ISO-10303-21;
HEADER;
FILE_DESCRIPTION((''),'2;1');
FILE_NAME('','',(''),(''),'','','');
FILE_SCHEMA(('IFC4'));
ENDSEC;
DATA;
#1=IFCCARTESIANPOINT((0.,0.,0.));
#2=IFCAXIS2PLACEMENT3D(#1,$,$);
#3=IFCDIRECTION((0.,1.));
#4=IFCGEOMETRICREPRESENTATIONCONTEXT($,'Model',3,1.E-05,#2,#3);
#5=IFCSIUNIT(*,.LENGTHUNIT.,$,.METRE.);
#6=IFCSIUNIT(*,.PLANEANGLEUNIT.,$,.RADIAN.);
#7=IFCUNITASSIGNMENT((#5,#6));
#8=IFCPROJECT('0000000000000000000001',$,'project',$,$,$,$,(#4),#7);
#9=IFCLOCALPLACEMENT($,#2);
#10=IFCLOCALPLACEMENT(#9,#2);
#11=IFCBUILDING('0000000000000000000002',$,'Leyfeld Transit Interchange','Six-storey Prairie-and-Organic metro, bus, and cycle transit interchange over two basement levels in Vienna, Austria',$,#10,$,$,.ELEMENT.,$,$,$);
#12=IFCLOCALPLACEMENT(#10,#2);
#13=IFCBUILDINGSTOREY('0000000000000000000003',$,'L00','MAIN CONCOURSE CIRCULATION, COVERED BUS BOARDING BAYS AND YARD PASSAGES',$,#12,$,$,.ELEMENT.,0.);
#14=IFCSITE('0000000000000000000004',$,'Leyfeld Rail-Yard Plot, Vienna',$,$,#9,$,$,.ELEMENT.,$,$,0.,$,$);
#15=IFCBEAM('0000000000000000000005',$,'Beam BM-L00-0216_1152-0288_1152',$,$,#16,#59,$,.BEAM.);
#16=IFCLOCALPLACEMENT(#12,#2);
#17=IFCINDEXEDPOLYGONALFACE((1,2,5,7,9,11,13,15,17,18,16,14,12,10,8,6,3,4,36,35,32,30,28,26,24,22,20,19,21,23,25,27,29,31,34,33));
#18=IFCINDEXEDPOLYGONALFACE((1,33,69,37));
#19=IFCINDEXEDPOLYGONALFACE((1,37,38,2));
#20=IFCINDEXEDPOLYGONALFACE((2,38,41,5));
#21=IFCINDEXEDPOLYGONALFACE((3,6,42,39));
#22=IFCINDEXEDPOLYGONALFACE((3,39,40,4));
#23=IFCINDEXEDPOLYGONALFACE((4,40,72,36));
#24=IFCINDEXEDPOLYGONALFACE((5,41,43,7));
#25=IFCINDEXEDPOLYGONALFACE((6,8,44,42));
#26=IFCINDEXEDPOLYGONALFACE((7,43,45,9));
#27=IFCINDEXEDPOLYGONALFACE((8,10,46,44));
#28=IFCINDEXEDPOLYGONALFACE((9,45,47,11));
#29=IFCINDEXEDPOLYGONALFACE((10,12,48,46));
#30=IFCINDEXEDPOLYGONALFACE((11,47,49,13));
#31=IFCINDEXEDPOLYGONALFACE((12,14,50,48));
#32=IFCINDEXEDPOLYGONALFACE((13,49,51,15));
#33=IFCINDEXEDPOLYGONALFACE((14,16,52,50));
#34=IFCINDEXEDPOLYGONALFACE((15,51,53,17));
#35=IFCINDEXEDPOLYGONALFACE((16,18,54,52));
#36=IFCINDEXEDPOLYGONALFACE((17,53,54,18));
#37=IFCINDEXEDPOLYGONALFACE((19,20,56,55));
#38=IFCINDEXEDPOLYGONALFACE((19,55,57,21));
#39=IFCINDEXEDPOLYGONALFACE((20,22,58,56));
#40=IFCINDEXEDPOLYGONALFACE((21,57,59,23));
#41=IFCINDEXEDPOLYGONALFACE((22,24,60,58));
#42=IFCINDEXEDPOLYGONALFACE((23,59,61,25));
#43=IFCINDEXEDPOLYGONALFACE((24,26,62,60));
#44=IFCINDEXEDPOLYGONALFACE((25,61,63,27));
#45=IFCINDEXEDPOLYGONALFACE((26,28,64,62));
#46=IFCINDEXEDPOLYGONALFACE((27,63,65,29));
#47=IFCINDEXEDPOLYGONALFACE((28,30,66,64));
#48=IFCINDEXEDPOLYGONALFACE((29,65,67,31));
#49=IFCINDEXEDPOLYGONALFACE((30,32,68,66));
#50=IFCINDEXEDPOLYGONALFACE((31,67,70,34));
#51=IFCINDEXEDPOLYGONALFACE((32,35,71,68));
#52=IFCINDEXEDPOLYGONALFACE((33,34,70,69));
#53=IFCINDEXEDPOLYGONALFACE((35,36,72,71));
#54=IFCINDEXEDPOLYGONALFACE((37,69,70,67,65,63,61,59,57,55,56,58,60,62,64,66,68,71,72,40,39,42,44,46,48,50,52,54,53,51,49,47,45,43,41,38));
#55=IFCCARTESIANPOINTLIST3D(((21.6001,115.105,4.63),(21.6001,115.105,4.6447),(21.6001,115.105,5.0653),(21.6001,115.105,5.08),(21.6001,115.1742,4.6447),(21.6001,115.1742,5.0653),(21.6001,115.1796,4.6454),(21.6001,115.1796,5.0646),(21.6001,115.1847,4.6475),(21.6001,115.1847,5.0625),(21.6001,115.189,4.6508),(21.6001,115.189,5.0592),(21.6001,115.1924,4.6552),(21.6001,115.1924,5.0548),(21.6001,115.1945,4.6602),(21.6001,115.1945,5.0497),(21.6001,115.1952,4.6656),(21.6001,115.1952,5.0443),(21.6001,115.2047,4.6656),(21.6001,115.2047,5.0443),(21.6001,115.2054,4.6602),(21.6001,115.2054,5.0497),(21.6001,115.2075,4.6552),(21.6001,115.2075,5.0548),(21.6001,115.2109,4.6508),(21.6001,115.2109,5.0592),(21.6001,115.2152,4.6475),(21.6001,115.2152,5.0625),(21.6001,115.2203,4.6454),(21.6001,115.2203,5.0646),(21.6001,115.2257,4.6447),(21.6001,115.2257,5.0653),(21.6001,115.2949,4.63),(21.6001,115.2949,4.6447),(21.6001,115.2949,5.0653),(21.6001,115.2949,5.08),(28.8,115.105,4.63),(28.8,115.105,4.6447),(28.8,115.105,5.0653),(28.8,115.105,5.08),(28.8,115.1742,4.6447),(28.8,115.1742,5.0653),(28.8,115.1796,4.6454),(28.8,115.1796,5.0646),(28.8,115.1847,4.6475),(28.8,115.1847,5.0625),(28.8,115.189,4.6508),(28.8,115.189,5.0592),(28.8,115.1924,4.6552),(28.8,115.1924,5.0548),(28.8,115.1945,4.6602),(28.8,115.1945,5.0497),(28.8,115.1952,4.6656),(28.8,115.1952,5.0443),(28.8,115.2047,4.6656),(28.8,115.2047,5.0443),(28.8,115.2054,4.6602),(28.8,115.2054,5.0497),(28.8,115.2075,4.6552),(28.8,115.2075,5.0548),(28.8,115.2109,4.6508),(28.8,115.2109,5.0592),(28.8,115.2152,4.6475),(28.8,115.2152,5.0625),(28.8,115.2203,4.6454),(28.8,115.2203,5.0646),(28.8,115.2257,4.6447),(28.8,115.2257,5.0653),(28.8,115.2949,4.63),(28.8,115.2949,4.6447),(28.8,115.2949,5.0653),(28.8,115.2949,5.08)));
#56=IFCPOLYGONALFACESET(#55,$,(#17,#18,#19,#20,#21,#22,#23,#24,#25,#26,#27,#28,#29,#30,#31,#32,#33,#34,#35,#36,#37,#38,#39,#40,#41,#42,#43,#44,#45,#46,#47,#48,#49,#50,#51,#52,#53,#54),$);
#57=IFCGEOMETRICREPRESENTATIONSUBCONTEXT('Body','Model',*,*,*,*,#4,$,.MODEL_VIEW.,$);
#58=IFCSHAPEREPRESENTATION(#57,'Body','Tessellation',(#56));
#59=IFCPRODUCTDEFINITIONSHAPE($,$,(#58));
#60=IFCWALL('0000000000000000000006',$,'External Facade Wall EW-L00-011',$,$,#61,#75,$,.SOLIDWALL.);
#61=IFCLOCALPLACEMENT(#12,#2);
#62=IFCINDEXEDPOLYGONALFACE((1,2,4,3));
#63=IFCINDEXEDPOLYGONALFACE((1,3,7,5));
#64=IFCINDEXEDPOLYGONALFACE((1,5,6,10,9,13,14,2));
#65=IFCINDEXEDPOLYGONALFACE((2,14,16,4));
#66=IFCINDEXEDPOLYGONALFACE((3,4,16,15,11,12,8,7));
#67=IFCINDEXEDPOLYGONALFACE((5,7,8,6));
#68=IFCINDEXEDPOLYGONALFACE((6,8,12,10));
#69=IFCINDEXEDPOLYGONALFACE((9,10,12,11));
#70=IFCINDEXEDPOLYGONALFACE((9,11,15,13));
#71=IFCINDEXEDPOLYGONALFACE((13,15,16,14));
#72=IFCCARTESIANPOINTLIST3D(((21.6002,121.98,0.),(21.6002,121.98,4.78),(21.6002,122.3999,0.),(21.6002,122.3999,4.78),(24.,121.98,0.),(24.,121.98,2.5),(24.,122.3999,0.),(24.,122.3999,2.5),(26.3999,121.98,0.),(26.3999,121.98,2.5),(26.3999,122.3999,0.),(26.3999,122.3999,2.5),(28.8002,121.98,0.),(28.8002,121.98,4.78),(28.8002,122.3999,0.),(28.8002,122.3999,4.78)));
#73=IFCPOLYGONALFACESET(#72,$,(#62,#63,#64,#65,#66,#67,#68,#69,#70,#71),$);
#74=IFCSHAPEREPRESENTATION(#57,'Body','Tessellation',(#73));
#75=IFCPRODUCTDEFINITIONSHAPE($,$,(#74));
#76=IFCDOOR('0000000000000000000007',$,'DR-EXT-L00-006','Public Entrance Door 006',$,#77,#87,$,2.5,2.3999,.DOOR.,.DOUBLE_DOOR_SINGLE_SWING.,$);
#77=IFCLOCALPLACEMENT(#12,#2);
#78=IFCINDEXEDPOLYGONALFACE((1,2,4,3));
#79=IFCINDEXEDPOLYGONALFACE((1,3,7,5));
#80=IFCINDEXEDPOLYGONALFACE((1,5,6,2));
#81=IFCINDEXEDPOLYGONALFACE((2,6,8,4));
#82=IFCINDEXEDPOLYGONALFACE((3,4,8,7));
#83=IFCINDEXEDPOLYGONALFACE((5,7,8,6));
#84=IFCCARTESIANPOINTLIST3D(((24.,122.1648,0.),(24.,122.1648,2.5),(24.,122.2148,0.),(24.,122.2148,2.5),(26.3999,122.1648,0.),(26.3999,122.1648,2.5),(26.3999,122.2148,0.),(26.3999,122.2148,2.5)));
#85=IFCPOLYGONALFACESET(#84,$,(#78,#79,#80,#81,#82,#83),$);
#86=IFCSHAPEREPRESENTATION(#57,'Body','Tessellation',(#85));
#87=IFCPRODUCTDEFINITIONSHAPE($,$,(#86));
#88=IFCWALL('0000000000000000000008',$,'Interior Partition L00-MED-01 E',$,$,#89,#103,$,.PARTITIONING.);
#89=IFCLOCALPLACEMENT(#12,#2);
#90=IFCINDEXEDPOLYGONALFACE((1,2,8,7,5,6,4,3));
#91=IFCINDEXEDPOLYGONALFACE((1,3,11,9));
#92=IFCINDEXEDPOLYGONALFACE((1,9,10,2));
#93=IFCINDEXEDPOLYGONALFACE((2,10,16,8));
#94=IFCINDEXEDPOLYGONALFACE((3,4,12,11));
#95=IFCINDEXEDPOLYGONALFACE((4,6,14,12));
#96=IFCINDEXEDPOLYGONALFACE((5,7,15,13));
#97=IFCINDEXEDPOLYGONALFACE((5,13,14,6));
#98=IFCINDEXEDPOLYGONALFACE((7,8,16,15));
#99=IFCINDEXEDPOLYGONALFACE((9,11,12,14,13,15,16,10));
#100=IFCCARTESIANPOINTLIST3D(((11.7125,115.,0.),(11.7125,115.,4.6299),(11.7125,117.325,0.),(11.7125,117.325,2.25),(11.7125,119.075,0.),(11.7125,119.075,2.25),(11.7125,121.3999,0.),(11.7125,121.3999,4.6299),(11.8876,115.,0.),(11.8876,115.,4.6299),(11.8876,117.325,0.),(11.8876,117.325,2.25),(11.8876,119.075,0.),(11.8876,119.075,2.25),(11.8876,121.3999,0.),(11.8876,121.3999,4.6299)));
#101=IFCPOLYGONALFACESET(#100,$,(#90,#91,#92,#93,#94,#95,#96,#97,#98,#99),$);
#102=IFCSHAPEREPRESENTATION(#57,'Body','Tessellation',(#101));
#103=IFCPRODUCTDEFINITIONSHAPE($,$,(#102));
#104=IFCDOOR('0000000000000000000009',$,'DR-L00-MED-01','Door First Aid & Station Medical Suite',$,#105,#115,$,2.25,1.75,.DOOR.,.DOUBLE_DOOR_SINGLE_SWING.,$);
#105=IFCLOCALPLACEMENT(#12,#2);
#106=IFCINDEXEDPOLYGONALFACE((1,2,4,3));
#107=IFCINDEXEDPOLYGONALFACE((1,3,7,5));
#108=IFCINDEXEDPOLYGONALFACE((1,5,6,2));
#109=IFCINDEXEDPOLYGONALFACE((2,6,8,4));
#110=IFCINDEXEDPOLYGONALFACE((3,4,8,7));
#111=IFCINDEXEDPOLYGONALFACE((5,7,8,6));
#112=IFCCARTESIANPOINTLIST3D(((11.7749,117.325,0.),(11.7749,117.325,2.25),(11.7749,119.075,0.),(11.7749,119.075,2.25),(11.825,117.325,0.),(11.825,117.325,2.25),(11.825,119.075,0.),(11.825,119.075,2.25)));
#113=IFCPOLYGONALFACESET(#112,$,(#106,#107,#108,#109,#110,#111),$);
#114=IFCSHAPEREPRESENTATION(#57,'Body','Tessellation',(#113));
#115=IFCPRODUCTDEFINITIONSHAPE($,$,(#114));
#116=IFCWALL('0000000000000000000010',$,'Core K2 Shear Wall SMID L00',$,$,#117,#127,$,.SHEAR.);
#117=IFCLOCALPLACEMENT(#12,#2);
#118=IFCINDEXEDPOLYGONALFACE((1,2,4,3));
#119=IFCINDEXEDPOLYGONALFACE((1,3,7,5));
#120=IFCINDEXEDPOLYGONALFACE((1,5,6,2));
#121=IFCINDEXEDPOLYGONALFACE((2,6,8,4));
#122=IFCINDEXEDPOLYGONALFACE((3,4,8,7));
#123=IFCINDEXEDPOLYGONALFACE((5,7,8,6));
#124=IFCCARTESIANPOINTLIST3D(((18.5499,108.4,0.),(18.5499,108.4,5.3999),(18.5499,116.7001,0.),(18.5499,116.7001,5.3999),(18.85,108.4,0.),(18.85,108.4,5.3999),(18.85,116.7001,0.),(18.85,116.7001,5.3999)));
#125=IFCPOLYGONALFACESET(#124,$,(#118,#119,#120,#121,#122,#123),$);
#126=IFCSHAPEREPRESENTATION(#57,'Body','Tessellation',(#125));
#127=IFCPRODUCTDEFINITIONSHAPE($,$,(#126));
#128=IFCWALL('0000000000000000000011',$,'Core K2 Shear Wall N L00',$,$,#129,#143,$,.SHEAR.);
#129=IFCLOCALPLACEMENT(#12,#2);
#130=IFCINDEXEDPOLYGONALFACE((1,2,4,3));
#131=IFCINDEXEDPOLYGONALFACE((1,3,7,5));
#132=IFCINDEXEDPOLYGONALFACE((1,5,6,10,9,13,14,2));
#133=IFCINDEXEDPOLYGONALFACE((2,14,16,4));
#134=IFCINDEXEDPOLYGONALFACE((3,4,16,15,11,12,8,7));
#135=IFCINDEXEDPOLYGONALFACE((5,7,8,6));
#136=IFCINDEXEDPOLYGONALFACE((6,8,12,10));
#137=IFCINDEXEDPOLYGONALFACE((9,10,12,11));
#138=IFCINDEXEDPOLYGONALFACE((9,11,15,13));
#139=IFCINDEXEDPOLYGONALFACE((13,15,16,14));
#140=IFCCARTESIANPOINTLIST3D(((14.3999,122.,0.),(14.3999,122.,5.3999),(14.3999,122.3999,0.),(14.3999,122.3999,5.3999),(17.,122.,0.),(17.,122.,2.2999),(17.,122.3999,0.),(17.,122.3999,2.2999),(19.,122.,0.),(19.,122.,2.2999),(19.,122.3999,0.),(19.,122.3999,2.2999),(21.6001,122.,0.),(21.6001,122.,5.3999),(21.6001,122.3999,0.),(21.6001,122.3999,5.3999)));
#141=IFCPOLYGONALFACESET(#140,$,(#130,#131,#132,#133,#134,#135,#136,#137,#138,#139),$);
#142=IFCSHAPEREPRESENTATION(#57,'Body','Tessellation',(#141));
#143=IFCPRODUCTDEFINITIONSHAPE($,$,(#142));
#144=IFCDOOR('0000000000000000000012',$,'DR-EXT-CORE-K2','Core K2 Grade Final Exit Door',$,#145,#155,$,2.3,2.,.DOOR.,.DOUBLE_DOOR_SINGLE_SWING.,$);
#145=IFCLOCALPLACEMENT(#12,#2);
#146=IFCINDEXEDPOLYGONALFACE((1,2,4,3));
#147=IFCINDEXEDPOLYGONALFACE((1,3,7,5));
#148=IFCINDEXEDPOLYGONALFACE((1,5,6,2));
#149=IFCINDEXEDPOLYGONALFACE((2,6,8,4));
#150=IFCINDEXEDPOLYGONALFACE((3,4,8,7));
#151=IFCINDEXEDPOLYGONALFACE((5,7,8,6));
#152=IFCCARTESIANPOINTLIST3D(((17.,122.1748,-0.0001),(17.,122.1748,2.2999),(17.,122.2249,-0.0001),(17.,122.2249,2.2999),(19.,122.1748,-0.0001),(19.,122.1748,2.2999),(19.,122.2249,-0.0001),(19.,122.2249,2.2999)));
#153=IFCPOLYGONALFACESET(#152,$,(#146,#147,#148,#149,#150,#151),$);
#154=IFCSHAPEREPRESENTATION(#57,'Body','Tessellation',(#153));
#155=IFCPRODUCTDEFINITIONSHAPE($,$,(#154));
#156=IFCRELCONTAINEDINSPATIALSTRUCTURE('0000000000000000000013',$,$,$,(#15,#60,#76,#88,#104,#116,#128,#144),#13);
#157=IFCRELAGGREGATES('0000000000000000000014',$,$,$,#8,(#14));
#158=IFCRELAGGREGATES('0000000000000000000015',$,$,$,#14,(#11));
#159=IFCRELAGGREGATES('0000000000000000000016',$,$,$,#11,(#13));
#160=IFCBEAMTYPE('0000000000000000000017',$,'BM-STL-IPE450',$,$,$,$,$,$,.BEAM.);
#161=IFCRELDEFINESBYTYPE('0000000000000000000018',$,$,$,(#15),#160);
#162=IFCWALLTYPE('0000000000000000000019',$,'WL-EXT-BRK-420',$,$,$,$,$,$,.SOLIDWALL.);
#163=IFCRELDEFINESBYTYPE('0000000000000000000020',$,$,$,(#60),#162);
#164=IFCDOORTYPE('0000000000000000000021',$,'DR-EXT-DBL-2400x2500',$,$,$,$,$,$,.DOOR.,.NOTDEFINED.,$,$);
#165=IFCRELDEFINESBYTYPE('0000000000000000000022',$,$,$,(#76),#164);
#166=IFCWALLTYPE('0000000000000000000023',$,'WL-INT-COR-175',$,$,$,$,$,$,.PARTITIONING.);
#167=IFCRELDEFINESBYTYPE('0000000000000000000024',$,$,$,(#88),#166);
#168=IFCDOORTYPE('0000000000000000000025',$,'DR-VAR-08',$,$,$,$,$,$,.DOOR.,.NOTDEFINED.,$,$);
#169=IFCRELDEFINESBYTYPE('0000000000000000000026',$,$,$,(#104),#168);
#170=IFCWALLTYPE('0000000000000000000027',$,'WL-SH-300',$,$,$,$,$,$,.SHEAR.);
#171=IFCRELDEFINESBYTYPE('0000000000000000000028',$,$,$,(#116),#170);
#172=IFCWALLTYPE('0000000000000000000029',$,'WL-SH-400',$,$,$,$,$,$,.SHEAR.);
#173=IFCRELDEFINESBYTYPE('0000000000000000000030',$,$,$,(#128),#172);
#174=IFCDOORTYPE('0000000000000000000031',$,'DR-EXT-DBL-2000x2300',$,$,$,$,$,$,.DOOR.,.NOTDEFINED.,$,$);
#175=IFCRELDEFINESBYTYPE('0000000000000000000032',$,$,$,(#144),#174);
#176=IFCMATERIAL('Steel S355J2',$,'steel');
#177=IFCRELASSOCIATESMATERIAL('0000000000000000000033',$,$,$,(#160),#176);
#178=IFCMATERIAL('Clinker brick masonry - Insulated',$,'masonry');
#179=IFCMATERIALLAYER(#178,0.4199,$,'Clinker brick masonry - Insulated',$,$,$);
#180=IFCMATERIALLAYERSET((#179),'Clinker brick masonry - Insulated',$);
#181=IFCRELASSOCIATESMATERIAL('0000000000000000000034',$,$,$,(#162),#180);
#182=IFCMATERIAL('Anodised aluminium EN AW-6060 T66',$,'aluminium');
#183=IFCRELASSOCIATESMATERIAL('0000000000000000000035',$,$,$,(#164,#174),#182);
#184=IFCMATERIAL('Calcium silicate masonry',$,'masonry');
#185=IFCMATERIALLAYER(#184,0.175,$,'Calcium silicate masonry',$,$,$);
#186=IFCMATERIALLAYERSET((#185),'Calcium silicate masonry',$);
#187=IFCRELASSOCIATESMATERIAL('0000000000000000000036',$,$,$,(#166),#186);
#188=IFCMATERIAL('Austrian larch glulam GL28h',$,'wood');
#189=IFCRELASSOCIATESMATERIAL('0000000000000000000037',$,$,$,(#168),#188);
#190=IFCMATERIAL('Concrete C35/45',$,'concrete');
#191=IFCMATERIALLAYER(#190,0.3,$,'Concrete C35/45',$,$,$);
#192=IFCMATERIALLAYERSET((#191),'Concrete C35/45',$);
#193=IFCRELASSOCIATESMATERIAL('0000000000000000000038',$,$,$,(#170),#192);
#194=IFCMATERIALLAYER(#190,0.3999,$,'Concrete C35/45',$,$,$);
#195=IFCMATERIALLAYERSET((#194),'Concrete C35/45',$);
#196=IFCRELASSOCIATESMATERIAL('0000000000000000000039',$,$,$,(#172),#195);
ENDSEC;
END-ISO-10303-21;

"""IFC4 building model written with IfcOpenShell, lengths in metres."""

from ifc_helpers import new_model, si_unit, direction, frame, frame_2d, origin, origin_2d, place, context, subcontext, project, spatial, rectangle, i_section, extrude, material, layer, layer_set, material_profile, profile_set, type_object, element, fill, save


model = new_model("IFC4")

# Units and contexts
model_context = context("Model", 3, precision=1e-05, world=origin(), true_north=direction((0.0, 1.0)))
body_context = subcontext(model_context, "Body", "Model", "MODEL_VIEW")
ifc_project = project(units=[si_unit("LENGTHUNIT", "METRE"), si_unit("PLANEANGLEUNIT", "RADIAN")], contexts=[model_context])

# Site, building, storey
site_placement = place(None, origin())
site = spatial("IfcSite", under=ifc_project, at=site_placement, Name="Leyfeld Rail-Yard Plot, Vienna", CompositionType="ELEMENT", RefElevation=0.0)
building_placement = place(site_placement, origin())
building = spatial("IfcBuilding", under=site, at=building_placement, Name="Leyfeld Transit Interchange", Description="Six-storey Prairie-and-Organic metro, bus, and cycle transit interchange over two basement levels in Vienna, Austria", CompositionType="ELEMENT")
storey_placement = place(building_placement, origin())
storey = spatial("IfcBuildingStorey", under=building, at=storey_placement, Name="L00", Description="MAIN CONCOURSE CIRCULATION, COVERED BUS BOARDING BAYS AND YARD PASSAGES", CompositionType="ELEMENT", Elevation=0.0)

# Shared definitions
ifc_material_1 = material(Name="Concrete C35/45", Category="concrete")

# Beam
ifc_material_2 = material(Name="Steel S355J2", Category="steel")
ifc_material_profile_1 = material_profile(ifc_material_2, i_section(OverallWidth=0.1899, OverallDepth=0.45, WebThickness=0.0095, FlangeThickness=0.0146, FilletRadius=0.021, at=origin_2d()), Name="IPE 450")
ifc_profile_set_1 = profile_set([ifc_material_profile_1], Name="Steel S355J2")
beam_type_1 = type_object("IfcBeamType", Name="BM-STL-IPE450", PredefinedType="BEAM", material=ifc_profile_set_1)
beam_1_placement = place(storey_placement, frame((21.6001, 115.2, 4.855), z_axis=(1.0, 0.0, 0.0), x_axis=(0.0, 1.0, 0.0)))
element("IfcBeam", 1, at=beam_1_placement, inside=storey, type_object=beam_type_1, Name="Beam BM-L00-0216_1152-0288_1152", PredefinedType="BEAM", context=body_context, shape_type="SweptSolid", body=[
    extrude(i_section(OverallWidth=0.1899, OverallDepth=0.45, WebThickness=0.0095, FlangeThickness=0.0146, FilletRadius=0.021, at=origin_2d()), origin(), (0.0, 0.0, 1.0), 7.2),
])

# Walls, openings, doors
ifc_material_3 = material(Name="Clinker brick masonry - Insulated", Category="masonry")
ifc_layer_1 = layer(ifc_material_3, 0.4199, Name="Clinker brick masonry - Insulated")
ifc_layer_set_1 = layer_set([ifc_layer_1], Name="Clinker brick masonry - Insulated")
wall_type_1 = type_object("IfcWallType", Name="WL-EXT-BRK-420", PredefinedType="SOLIDWALL", material=ifc_layer_set_1)
wall_1_placement = place(storey_placement, frame((21.6001, 122.1899, 0.0), z_axis=(0.0, 0.0, 1.0), x_axis=(1.0, 0.0, 0.0)))
wall_1 = element("IfcWall", 2, at=wall_1_placement, inside=storey, type_object=wall_type_1, Name="External Facade Wall EW-L00-011", PredefinedType="SOLIDWALL", context=body_context, shape_type="SweptSolid", body=[
    extrude(rectangle(XDim=7.2, YDim=0.4199, at=frame_2d((3.6001, 0.0))), origin(), (0.0, 0.0, 1.0), 4.78),
])
opening_1_placement = place(wall_1_placement, frame((2.3999, 0.0, 0.0)))
opening_1 = element("IfcOpeningElement", 3, at=opening_1_placement, cuts=wall_1, PredefinedType="OPENING", context=body_context, shape_type="SweptSolid", body=[
    extrude(rectangle(XDim=2.3999, YDim=2.5, at=frame_2d((1.2, 1.25))), frame((0.0, 0.22, 0.0), z_axis=(0.0, -1.0, 0.0), x_axis=(1.0, 0.0, 0.0)), (0.0, 0.0, 1.0), 0.4399),
])
ifc_material_4 = material(Name="Anodised aluminium EN AW-6060 T66", Category="aluminium")
door_type_1 = type_object("IfcDoorType", Name="DR-EXT-DBL-2400x2500", OperationType="NOTDEFINED", PredefinedType="DOOR", material=ifc_material_4)
door_1_placement = place(opening_1_placement, origin())
door_1 = element("IfcDoor", 4, at=door_1_placement, inside=storey, type_object=door_type_1, Name="DR-EXT-L00-006", Description="Public Entrance Door 006", OperationType="DOUBLE_DOOR_SINGLE_SWING", OverallHeight=2.5, OverallWidth=2.3999, PredefinedType="DOOR", context=body_context, shape_type="SweptSolid", body=[
    extrude(rectangle(XDim=2.3999, YDim=2.5, at=frame_2d((1.2, 1.25))), frame((0.0, 0.0249, 0.0), z_axis=(0.0, -1.0, 0.0), x_axis=(1.0, 0.0, 0.0)), (0.0, 0.0, 1.0), 0.05),
])
fill(opening_1, door_1)
ifc_material_5 = material(Name="Calcium silicate masonry", Category="masonry")
ifc_layer_2 = layer(ifc_material_5, 0.175, Name="Calcium silicate masonry")
ifc_layer_set_2 = layer_set([ifc_layer_2], Name="Calcium silicate masonry")
wall_type_2 = type_object("IfcWallType", Name="WL-INT-COR-175", PredefinedType="PARTITIONING", material=ifc_layer_set_2)
wall_2_placement = place(storey_placement, frame((11.8, 121.3999, 0.0), z_axis=(0.0, 0.0, 1.0), x_axis=(0.0, -1.0, 0.0)))
wall_2 = element("IfcWall", 5, at=wall_2_placement, inside=storey, type_object=wall_type_2, Name="Interior Partition L00-MED-01 E", PredefinedType="PARTITIONING", context=body_context, shape_type="SweptSolid", body=[
    extrude(rectangle(XDim=6.3999, YDim=0.175, at=frame_2d((3.2, 0.0))), origin(), (0.0, 0.0, 1.0), 4.6299),
])
opening_2_placement = place(wall_2_placement, frame((2.325, 0.0, 0.0)))
opening_2 = element("IfcOpeningElement", 6, at=opening_2_placement, cuts=wall_2, PredefinedType="OPENING", context=body_context, shape_type="SweptSolid", body=[
    extrude(rectangle(XDim=1.75, YDim=2.25, at=frame_2d((0.875, 1.125))), frame((0.0, 0.0974, 0.0), z_axis=(0.0, -1.0, 0.0), x_axis=(1.0, 0.0, 0.0)), (0.0, 0.0, 1.0), 0.1951),
])
ifc_material_6 = material(Name="Austrian larch glulam GL28h", Category="wood")
door_type_2 = type_object("IfcDoorType", Name="DR-VAR-08", OperationType="NOTDEFINED", PredefinedType="DOOR", material=ifc_material_6)
door_2_placement = place(opening_2_placement, origin())
door_2 = element("IfcDoor", 7, at=door_2_placement, inside=storey, type_object=door_type_2, Name="DR-L00-MED-01", Description="Door First Aid & Station Medical Suite", OperationType="DOUBLE_DOOR_SINGLE_SWING", OverallHeight=2.25, OverallWidth=1.75, PredefinedType="DOOR", context=body_context, shape_type="SweptSolid", body=[
    extrude(rectangle(XDim=1.75, YDim=2.25, at=frame_2d((0.875, 1.125))), frame((0.0, 0.0249, 0.0), z_axis=(0.0, -1.0, 0.0), x_axis=(1.0, 0.0, 0.0)), (0.0, 0.0, 1.0), 0.05),
])
fill(opening_2, door_2)

# Wall
ifc_layer_3 = layer(ifc_material_1, 0.3, Name="Concrete C35/45")
ifc_layer_set_3 = layer_set([ifc_layer_3], Name="Concrete C35/45")
wall_type_3 = type_object("IfcWallType", Name="WL-SH-300", PredefinedType="SHEAR", material=ifc_layer_set_3)
wall_3_placement = place(storey_placement, frame((18.7, 116.7, 0.0), z_axis=(0.0, 0.0, 1.0), x_axis=(0.0, -1.0, 0.0)))
element("IfcWall", 8, at=wall_3_placement, inside=storey, type_object=wall_type_3, Name="Core K2 Shear Wall SMID L00", PredefinedType="SHEAR", context=body_context, shape_type="SweptSolid", body=[
    extrude(rectangle(XDim=8.3, YDim=0.3, at=frame_2d((4.1499, 0.0))), origin(), (0.0, 0.0, 1.0), 5.3999),
])

# Wall, opening, door
ifc_layer_4 = layer(ifc_material_1, 0.3999, Name="Concrete C35/45")
ifc_layer_set_4 = layer_set([ifc_layer_4], Name="Concrete C35/45")
wall_type_4 = type_object("IfcWallType", Name="WL-SH-400", PredefinedType="SHEAR", material=ifc_layer_set_4)
wall_4_placement = place(storey_placement, frame((14.3999, 122.2, 0.0), z_axis=(0.0, 0.0, 1.0), x_axis=(1.0, 0.0, 0.0)))
wall_4 = element("IfcWall", 9, at=wall_4_placement, inside=storey, type_object=wall_type_4, Name="Core K2 Shear Wall N L00", PredefinedType="SHEAR", context=body_context, shape_type="SweptSolid", body=[
    extrude(rectangle(XDim=7.2002, YDim=0.3999, at=frame_2d((3.6001, 0.0))), origin(), (0.0, 0.0, 1.0), 5.3999),
])
opening_3_placement = place(wall_4_placement, frame((2.6001, 0.0, 0.0)))
opening_3 = element("IfcOpeningElement", 10, at=opening_3_placement, cuts=wall_4, PredefinedType="OPENING", context=body_context, shape_type="SweptSolid", body=[
    extrude(rectangle(XDim=2.0, YDim=2.3, at=frame_2d((1.0, 1.1499))), frame((0.0, 0.21, 0.0), z_axis=(0.0, -1.0, 0.0), x_axis=(1.0, 0.0, 0.0)), (0.0, 0.0, 1.0), 0.4199),
])
door_type_3 = type_object("IfcDoorType", Name="DR-EXT-DBL-2000x2300", OperationType="NOTDEFINED", PredefinedType="DOOR", material=ifc_material_4)
door_3_placement = place(opening_3_placement, origin())
door_3 = element("IfcDoor", 11, at=door_3_placement, inside=storey, type_object=door_type_3, Name="DR-EXT-CORE-K2", Description="Core K2 Grade Final Exit Door", OperationType="DOUBLE_DOOR_SINGLE_SWING", OverallHeight=2.3, OverallWidth=2.0, PredefinedType="DOOR", context=body_context, shape_type="SweptSolid", body=[
    extrude(rectangle(XDim=2.0, YDim=2.3, at=frame_2d((1.0, 1.1499))), frame((0.0, 0.0249, 0.0), z_axis=(0.0, -1.0, 0.0), x_axis=(1.0, 0.0, 0.0)), (0.0, 0.0, 1.0), 0.05),
])
fill(opening_3, door_3)

save(model, "model.ifc")
